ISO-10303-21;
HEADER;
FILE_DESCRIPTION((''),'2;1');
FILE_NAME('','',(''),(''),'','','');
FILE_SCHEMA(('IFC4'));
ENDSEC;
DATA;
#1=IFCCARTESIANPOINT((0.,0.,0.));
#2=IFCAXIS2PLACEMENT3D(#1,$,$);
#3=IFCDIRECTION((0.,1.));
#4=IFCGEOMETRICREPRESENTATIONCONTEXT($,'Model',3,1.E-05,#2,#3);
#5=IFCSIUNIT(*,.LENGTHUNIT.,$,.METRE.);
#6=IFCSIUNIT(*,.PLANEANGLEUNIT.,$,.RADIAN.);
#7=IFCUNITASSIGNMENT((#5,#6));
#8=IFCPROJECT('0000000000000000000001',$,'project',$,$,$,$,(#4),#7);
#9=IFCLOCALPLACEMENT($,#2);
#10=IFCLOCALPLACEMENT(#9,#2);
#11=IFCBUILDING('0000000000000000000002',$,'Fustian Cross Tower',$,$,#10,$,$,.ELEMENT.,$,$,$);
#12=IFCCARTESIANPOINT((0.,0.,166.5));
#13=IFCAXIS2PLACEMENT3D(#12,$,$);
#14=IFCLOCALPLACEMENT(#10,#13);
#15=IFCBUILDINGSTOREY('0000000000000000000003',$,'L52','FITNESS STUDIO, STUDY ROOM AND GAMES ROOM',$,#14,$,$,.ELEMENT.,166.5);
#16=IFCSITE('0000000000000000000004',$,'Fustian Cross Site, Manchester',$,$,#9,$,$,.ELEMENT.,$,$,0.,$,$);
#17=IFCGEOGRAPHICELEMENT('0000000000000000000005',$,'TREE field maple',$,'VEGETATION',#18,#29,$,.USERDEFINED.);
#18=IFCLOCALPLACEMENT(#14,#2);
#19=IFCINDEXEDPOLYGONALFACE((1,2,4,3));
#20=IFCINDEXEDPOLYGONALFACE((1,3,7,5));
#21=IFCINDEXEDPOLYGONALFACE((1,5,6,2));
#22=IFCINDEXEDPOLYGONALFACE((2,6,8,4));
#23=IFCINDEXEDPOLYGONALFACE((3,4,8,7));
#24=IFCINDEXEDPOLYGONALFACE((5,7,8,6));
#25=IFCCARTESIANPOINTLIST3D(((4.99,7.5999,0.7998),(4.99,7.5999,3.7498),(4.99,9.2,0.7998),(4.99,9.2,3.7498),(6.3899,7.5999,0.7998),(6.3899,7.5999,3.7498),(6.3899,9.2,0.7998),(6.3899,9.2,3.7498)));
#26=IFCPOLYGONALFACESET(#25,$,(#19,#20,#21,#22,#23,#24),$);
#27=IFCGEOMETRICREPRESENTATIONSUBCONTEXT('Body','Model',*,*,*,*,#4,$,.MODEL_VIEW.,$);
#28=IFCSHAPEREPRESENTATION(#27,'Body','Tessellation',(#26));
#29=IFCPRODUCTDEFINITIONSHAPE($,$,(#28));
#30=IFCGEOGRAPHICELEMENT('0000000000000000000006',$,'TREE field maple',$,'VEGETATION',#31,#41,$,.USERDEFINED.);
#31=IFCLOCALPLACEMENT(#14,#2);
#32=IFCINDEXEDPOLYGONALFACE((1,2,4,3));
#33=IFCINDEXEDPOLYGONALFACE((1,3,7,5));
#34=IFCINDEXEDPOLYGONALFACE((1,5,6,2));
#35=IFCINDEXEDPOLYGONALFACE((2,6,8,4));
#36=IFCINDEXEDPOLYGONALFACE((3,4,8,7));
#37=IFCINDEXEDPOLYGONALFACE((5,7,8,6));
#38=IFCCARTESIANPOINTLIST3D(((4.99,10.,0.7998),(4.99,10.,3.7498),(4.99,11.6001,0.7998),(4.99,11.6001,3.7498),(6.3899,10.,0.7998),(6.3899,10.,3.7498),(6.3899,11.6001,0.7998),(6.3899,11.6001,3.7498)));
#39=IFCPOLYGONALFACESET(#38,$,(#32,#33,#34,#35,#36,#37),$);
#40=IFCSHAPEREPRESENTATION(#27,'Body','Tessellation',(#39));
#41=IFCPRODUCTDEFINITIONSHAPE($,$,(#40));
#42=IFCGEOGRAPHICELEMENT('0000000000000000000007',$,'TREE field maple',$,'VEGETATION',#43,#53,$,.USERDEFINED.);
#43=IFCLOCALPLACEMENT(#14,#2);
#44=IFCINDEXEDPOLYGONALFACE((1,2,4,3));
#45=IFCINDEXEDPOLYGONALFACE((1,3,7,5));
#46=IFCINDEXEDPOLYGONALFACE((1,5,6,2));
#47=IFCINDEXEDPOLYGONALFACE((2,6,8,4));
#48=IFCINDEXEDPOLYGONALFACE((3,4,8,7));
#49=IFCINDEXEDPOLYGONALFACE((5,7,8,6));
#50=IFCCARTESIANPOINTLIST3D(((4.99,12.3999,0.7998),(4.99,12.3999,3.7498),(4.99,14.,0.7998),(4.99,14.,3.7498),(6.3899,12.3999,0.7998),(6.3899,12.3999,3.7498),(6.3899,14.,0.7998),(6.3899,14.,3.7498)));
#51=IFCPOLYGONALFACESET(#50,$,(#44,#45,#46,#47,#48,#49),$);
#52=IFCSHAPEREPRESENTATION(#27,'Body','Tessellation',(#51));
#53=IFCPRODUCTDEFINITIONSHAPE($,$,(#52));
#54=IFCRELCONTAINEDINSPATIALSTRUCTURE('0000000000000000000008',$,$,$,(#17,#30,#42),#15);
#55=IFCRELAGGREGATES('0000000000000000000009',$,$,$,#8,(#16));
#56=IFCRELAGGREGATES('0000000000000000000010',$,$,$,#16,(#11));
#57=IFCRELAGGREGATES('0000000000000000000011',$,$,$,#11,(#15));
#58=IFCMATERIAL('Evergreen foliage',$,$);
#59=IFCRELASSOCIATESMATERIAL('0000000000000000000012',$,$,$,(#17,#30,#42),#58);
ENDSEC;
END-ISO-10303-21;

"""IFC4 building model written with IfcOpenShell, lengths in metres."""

from ifc_helpers import new_model, si_unit, direction, frame, origin, origin_2d, place, context, subcontext, project, spatial, rectangle, extrude, material, element, save


model = new_model("IFC4")

# Units and contexts
model_context = context("Model", 3, precision=1e-05, world=origin(), true_north=direction((0.0, 1.0)))
body_context = subcontext(model_context, "Body", "Model", "MODEL_VIEW")
ifc_project = project(units=[si_unit("LENGTHUNIT", "METRE"), si_unit("PLANEANGLEUNIT", "RADIAN")], contexts=[model_context])

# Site, building, storey
site_placement = place(None, origin())
site = spatial("IfcSite", under=ifc_project, at=site_placement, Name="Fustian Cross Site, Manchester", CompositionType="ELEMENT", RefElevation=0.0)
building_placement = place(site_placement, origin())
building = spatial("IfcBuilding", under=site, at=building_placement, Name="Fustian Cross Tower", CompositionType="ELEMENT")
storey_placement = place(building_placement, frame((0.0, 0.0, 166.5)))
storey = spatial("IfcBuildingStorey", under=building, at=storey_placement, Name="L52", Description="FITNESS STUDIO, STUDY ROOM AND GAMES ROOM", CompositionType="ELEMENT", Elevation=166.5)

# Geographic elements
ifc_material_1 = material(Name="Evergreen foliage")
for number, where, z_axis, x_axis, name in (
    (1, (5.6899, 8.3999, 0.7998), (0.0, 0.0, 1.0), (1.0, 0.0, 0.0), "TREE field maple"),
    (2, (5.6899, 10.8, 0.7998), (0.0, 0.0, 1.0), (1.0, 0.0, 0.0), "TREE field maple"),
    (3, (5.6899, 13.2, 0.7998), (0.0, 0.0, 1.0), (1.0, 0.0, 0.0), "TREE field maple"),
):
    element("IfcGeographicElement", number, at=place(storey_placement, frame(where, z_axis=z_axis, x_axis=x_axis)), inside=storey, material=ifc_material_1, Name=name, ObjectType="VEGETATION", PredefinedType="USERDEFINED", context=body_context, shape_type="SweptSolid", body=[
        extrude(rectangle(XDim=1.3999, YDim=1.6001, at=origin_2d()), origin(), (0.0, 0.0, 1.0), 2.95),
    ])

save(model, "model.ifc")
